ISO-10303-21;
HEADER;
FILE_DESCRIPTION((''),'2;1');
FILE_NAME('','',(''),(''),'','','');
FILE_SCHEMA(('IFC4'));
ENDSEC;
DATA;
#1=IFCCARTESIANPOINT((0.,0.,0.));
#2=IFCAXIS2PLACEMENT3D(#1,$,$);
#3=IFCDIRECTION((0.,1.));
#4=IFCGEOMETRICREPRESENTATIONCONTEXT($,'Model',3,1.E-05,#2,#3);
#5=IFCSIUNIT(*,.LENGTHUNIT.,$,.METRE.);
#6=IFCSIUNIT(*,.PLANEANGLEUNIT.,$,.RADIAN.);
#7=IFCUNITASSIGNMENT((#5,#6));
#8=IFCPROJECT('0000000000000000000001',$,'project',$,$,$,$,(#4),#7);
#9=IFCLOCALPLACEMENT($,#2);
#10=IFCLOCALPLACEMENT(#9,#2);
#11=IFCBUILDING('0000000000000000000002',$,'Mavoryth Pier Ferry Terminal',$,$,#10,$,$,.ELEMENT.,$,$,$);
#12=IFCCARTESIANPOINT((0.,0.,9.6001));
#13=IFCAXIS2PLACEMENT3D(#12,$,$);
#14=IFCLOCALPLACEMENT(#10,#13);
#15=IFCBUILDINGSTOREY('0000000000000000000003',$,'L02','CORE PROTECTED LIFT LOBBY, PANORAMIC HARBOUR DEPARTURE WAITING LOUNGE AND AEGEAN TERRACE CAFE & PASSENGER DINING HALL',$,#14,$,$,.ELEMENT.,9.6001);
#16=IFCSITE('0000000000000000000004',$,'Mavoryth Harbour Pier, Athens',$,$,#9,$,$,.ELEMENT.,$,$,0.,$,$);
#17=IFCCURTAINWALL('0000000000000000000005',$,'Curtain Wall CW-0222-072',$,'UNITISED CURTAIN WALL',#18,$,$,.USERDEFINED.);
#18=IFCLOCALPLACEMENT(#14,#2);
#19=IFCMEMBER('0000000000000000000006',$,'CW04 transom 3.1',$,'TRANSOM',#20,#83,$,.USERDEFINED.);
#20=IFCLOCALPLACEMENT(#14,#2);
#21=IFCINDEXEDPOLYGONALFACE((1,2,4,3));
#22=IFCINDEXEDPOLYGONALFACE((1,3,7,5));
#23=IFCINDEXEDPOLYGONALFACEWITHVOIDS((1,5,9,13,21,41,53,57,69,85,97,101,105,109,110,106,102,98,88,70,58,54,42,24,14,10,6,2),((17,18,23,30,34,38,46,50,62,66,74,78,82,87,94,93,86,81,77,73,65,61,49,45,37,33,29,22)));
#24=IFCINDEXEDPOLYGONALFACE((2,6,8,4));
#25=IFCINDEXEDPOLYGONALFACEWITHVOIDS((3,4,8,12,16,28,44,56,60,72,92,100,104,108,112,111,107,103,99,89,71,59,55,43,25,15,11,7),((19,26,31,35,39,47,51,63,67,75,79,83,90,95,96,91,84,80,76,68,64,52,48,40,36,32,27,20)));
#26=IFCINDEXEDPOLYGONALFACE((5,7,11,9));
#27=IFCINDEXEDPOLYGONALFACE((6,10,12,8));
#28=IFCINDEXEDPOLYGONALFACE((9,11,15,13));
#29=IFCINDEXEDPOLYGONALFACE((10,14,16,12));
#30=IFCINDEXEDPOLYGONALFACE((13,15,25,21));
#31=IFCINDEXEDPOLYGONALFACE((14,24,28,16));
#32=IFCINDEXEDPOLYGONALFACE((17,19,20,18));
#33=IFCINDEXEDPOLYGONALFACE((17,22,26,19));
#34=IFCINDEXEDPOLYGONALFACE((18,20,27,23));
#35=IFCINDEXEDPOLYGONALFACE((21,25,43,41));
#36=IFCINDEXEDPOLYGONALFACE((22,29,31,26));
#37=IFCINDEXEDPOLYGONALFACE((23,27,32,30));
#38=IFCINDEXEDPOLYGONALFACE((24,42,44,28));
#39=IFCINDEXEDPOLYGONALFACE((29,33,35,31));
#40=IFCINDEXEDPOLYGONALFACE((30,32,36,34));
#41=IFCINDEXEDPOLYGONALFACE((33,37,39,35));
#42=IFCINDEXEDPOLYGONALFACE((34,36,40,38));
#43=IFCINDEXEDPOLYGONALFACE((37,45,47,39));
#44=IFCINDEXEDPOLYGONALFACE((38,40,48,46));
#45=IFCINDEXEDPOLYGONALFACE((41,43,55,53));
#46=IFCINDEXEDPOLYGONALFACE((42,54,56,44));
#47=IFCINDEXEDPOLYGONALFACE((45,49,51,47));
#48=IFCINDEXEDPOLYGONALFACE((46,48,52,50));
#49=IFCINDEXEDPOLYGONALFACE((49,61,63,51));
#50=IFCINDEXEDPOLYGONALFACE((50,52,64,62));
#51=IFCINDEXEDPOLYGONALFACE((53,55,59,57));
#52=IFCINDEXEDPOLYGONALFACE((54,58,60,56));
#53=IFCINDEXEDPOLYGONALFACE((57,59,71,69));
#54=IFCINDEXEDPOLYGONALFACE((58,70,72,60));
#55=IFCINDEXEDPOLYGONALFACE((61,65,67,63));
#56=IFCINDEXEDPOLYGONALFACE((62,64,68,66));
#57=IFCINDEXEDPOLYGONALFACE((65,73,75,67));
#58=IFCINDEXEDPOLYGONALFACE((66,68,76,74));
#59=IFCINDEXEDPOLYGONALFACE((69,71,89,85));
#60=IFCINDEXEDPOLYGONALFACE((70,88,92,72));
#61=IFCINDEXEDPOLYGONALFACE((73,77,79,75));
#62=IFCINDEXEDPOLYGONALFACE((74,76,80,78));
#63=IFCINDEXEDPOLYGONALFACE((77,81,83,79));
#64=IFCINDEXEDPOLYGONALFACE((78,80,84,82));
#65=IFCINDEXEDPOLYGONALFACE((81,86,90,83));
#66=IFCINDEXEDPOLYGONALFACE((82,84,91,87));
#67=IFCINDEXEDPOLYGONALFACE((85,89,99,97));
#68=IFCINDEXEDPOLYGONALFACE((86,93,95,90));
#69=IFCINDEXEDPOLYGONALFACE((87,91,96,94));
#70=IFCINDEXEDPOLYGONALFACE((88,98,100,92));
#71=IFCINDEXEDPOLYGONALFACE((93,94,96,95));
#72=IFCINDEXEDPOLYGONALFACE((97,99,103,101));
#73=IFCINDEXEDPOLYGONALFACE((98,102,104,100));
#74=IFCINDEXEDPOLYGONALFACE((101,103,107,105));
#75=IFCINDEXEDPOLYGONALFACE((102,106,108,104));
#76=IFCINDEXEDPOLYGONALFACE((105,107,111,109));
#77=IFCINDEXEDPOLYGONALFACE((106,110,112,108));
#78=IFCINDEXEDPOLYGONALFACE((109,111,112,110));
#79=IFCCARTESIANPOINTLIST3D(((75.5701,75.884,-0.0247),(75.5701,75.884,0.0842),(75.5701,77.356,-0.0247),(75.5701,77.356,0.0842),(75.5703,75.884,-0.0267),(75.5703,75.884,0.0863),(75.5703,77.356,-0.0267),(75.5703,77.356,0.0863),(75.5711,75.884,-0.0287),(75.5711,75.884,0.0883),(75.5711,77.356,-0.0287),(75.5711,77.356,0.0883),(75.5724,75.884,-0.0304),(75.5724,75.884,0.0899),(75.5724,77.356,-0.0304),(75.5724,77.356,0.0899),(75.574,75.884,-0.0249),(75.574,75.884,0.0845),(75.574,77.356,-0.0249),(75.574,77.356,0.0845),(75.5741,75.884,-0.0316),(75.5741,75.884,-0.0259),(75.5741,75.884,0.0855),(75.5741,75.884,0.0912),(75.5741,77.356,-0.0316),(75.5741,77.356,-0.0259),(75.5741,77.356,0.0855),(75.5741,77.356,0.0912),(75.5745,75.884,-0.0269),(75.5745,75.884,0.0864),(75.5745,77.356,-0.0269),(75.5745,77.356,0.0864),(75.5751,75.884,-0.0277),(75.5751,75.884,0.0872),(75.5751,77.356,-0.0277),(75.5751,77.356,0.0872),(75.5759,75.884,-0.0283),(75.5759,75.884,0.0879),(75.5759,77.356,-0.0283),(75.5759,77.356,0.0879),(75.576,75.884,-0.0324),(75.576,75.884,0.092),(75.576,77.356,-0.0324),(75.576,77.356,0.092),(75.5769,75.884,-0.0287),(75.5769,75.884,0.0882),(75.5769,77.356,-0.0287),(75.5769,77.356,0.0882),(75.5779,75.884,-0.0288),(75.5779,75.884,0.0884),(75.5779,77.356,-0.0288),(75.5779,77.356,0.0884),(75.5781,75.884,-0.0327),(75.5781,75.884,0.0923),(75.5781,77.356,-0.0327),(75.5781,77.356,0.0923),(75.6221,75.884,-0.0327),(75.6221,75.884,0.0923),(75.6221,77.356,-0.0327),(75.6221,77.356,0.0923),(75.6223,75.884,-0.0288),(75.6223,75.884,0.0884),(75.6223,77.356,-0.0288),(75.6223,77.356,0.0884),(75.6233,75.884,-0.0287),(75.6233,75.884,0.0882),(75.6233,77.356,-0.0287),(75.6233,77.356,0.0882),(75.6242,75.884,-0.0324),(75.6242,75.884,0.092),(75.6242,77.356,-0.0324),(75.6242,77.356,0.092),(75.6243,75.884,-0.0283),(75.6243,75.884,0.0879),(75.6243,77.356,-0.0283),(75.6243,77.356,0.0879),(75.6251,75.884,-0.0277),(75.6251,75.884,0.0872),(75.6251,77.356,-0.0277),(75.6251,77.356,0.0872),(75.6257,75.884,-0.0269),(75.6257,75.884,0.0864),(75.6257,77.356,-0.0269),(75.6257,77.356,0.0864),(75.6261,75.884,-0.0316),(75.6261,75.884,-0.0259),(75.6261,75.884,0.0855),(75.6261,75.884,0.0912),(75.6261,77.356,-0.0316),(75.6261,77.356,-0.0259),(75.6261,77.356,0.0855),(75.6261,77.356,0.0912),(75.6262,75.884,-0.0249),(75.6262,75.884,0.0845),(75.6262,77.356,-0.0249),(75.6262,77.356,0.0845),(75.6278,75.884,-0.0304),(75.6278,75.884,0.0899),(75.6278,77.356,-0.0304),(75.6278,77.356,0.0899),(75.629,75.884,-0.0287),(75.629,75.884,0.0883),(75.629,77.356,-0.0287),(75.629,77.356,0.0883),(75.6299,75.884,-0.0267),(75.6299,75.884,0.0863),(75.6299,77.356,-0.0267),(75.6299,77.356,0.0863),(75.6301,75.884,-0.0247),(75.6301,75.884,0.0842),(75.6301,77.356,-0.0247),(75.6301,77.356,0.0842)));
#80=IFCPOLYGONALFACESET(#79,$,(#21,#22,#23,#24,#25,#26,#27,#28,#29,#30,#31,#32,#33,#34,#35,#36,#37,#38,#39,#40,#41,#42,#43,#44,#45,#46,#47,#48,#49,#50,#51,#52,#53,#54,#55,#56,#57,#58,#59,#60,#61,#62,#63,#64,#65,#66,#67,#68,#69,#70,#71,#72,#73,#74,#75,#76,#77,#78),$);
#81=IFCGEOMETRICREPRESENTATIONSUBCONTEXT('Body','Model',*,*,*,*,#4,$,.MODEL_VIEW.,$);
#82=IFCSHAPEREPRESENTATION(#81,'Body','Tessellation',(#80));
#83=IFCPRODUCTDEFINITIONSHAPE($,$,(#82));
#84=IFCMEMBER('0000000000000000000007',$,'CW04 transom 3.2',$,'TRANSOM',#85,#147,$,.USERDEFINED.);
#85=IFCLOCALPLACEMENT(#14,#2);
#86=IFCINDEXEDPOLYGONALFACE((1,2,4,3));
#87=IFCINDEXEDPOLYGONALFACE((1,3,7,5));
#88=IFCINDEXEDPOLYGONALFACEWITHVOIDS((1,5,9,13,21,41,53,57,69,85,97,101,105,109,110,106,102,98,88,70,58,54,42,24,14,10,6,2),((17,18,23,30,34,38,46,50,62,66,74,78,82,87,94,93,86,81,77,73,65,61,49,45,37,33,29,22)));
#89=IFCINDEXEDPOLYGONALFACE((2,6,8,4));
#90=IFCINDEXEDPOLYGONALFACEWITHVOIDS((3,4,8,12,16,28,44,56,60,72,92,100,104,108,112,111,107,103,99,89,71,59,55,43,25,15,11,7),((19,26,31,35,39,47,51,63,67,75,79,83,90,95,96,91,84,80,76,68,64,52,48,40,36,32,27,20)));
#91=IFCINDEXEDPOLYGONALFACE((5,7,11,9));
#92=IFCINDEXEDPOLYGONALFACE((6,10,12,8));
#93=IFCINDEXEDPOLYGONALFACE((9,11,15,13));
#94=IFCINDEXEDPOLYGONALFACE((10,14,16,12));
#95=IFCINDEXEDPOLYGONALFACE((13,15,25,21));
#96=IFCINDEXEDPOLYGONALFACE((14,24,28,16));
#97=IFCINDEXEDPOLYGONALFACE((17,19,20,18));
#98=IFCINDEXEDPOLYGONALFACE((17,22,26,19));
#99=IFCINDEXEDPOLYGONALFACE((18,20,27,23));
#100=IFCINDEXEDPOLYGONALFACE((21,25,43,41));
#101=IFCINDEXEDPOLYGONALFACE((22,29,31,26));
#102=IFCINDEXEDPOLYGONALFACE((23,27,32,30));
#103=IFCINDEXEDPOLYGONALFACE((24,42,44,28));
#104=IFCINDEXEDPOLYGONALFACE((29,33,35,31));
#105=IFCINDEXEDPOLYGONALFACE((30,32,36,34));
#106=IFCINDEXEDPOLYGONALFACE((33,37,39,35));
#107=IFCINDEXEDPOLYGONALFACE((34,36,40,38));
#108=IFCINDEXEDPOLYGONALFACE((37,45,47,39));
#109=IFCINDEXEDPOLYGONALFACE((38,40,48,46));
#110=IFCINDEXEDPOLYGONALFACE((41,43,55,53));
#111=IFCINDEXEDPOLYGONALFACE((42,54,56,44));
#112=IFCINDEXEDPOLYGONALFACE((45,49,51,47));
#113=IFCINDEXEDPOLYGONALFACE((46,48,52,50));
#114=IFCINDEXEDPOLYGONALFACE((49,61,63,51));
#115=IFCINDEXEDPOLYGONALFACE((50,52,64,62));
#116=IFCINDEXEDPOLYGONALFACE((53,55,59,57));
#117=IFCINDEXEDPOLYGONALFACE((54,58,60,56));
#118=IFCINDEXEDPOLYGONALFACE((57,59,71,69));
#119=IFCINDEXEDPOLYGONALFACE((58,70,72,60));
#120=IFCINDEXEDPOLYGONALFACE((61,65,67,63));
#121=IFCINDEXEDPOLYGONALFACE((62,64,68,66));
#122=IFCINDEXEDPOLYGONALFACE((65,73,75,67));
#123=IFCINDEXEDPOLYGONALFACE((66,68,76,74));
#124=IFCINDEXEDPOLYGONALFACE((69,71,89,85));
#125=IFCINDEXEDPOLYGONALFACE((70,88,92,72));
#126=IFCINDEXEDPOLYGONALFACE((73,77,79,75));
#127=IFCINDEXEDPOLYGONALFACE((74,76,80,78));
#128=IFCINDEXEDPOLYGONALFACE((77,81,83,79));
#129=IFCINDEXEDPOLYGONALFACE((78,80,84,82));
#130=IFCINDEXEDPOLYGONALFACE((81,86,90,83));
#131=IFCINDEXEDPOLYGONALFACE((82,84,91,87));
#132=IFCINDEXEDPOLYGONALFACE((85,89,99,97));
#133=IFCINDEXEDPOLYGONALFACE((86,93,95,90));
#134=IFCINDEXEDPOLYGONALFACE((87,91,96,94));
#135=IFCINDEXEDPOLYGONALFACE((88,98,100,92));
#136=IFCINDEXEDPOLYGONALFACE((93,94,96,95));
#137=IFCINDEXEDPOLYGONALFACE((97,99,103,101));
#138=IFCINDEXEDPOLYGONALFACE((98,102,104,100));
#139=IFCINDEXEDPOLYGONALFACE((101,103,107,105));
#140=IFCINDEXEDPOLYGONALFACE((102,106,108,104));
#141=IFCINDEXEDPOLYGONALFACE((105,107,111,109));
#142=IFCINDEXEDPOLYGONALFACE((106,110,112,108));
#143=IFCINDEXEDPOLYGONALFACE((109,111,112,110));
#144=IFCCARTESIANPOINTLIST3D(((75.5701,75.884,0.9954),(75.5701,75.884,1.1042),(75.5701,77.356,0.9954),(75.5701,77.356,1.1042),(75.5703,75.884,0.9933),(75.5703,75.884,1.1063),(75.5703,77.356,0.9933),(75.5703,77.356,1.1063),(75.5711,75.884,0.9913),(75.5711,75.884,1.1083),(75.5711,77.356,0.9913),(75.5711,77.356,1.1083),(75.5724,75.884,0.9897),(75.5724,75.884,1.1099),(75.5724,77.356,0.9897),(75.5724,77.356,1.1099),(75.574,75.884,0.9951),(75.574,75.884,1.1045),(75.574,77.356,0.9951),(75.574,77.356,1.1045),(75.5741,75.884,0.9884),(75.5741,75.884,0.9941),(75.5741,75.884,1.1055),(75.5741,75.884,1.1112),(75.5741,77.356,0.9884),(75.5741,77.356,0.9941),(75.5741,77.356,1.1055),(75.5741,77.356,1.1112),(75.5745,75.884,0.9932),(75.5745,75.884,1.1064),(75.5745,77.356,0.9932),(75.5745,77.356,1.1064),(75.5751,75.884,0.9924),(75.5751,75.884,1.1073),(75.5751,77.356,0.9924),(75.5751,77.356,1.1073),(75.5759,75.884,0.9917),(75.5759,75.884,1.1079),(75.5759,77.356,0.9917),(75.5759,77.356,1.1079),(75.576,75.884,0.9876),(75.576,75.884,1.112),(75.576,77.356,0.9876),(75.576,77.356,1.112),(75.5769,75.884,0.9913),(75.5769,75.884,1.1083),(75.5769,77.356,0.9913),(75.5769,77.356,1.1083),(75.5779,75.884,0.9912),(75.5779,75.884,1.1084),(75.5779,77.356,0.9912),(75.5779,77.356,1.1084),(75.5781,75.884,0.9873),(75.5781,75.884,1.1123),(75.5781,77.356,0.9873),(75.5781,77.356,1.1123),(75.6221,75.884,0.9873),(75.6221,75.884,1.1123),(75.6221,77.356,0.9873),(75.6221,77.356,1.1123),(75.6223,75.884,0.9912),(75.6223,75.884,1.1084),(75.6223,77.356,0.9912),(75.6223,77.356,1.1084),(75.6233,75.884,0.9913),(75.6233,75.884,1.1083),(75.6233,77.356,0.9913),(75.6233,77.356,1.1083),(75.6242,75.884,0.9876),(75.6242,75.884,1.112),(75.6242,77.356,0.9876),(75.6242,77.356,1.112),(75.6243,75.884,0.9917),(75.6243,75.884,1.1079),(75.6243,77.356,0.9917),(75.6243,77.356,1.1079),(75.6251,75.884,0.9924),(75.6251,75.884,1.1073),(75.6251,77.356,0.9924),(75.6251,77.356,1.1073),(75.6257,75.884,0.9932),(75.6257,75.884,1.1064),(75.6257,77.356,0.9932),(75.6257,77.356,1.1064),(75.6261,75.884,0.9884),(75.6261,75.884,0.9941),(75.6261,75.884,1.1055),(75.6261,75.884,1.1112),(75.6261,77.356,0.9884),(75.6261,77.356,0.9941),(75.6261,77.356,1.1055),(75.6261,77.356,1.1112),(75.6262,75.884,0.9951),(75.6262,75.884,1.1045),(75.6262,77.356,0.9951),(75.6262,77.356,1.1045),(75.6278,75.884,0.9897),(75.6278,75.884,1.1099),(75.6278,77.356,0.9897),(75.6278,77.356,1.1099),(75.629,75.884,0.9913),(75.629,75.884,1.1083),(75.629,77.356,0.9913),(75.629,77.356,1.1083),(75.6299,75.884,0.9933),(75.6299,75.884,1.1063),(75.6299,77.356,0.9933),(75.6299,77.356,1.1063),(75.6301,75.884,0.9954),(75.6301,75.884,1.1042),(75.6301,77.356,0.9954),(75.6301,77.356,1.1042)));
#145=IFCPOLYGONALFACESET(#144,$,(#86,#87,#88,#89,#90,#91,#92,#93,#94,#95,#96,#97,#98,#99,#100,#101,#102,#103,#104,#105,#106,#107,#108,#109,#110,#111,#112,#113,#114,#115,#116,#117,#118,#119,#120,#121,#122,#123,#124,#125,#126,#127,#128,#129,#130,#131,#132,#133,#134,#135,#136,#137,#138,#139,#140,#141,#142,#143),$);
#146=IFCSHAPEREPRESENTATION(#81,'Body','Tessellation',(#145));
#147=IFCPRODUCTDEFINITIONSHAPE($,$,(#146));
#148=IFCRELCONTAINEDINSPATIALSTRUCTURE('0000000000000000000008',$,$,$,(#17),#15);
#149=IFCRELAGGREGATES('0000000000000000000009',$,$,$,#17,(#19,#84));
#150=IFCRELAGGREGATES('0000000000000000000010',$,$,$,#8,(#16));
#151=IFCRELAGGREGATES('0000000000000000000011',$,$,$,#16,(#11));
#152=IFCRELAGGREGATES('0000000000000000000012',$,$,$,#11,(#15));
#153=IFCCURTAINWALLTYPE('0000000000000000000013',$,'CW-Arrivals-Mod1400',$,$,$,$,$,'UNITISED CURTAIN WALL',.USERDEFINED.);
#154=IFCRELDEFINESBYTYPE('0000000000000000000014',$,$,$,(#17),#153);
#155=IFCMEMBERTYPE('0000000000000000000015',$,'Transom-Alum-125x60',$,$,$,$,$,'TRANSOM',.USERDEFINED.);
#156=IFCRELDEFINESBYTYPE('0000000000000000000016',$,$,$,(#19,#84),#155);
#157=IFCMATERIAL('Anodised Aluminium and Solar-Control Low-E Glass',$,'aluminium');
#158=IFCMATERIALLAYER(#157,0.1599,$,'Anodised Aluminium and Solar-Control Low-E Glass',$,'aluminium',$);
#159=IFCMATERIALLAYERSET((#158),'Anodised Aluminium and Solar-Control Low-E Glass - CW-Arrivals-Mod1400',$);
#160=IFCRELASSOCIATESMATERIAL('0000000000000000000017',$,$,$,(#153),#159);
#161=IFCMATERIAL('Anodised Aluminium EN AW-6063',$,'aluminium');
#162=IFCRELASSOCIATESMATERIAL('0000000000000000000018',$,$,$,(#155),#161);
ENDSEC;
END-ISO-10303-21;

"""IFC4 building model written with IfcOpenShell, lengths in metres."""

from ifc_helpers import new_model, si_unit, direction, frame, origin, origin_2d, place, context, subcontext, project, spatial, hollow_rectangle, extrude, material, layer, layer_set, material_profile, profile_set, type_object, element, aggregate, save


model = new_model("IFC4")

# Units and contexts
model_context = context("Model", 3, precision=1e-05, world=origin(), true_north=direction((0.0, 1.0)))
body_context = subcontext(model_context, "Body", "Model", "MODEL_VIEW")
ifc_project = project(units=[si_unit("LENGTHUNIT", "METRE"), si_unit("PLANEANGLEUNIT", "RADIAN")], contexts=[model_context])

# Site, building, storey
site_placement = place(None, origin())
site = spatial("IfcSite", under=ifc_project, at=site_placement, Name="Mavoryth Harbour Pier, Athens", CompositionType="ELEMENT", RefElevation=0.0)
building_placement = place(site_placement, origin())
building = spatial("IfcBuilding", under=site, at=building_placement, Name="Mavoryth Pier Ferry Terminal", CompositionType="ELEMENT")
storey_placement = place(building_placement, frame((0.0, 0.0, 9.6001)))
storey = spatial("IfcBuildingStorey", under=building, at=storey_placement, Name="L02", Description="CORE PROTECTED LIFT LOBBY, PANORAMIC HARBOUR DEPARTURE WAITING LOUNGE AND AEGEAN TERRACE CAFE & PASSENGER DINING HALL", CompositionType="ELEMENT", Elevation=9.6001)

# Curtain wall
ifc_material_1 = material(Name="Anodised Aluminium and Solar-Control Low-E Glass", Category="aluminium")
ifc_layer_1 = layer(ifc_material_1, 0.1599, Name="Anodised Aluminium and Solar-Control Low-E Glass", Category="aluminium")
ifc_layer_set_1 = layer_set([ifc_layer_1], Name="Anodised Aluminium and Solar-Control Low-E Glass - CW-Arrivals-Mod1400")
curtain_wall_type = type_object("IfcCurtainWallType", Name="CW-Arrivals-Mod1400", ElementType="UNITISED CURTAIN WALL", PredefinedType="USERDEFINED", material=ifc_layer_set_1)
curtain_wall_placement = place(storey_placement, origin())
curtain_wall = element("IfcCurtainWall", 1, at=curtain_wall_placement, inside=storey, type_object=curtain_wall_type, Name="Curtain Wall CW-0222-072", ObjectType="UNITISED CURTAIN WALL", PredefinedType="USERDEFINED")
ifc_material_2 = material(Name="Anodised Aluminium EN AW-6063", Category="aluminium")

# Members
ifc_material_profile_1 = material_profile(ifc_material_2, hollow_rectangle(XDim=0.0601, YDim=0.125, WallThickness=0.0039, InnerFilletRadius=0.0039, OuterFilletRadius=0.0081, at=origin_2d()), Name="AL-TRAN 125x60x4", Category="aluminium")
ifc_profile_set_1 = profile_set([ifc_material_profile_1], Name="Anodised Aluminium EN AW-6063 - AL-TRAN 125x60x4")
member_type_1 = type_object("IfcMemberType", Name="Transom-Alum-125x60", ElementType="TRANSOM", PredefinedType="USERDEFINED", material=ifc_profile_set_1)
member_1_placement = place(storey_placement, frame((75.6001, 77.356, 0.0298), z_axis=(0.0, -1.0, 0.0), x_axis=(1.0, 0.0, 0.0)))
member_1 = element("IfcMember", 2, at=member_1_placement, type_object=member_type_1, Name="CW04 transom 3.1", ObjectType="TRANSOM", PredefinedType="USERDEFINED", context=body_context, shape_type="SweptSolid", body=[
    extrude(hollow_rectangle(XDim=0.0601, YDim=0.125, WallThickness=0.0039, InnerFilletRadius=0.0039, OuterFilletRadius=0.0081, at=origin_2d()), origin(), (0.0, 0.0, 1.0), 1.4719),
])
member_2_placement = place(storey_placement, frame((75.6001, 77.356, 1.0498), z_axis=(0.0, -1.0, 0.0), x_axis=(1.0, 0.0, 0.0)))
member_2 = element("IfcMember", 3, at=member_2_placement, type_object=member_type_1, Name="CW04 transom 3.2", ObjectType="TRANSOM", PredefinedType="USERDEFINED", context=body_context, shape_type="SweptSolid", body=[
    extrude(hollow_rectangle(XDim=0.0601, YDim=0.125, WallThickness=0.0039, InnerFilletRadius=0.0039, OuterFilletRadius=0.0081, at=origin_2d()), origin(), (0.0, 0.0, 1.0), 1.4719),
])

aggregate(curtain_wall, [member_1, member_2])

save(model, "model.ifc")
